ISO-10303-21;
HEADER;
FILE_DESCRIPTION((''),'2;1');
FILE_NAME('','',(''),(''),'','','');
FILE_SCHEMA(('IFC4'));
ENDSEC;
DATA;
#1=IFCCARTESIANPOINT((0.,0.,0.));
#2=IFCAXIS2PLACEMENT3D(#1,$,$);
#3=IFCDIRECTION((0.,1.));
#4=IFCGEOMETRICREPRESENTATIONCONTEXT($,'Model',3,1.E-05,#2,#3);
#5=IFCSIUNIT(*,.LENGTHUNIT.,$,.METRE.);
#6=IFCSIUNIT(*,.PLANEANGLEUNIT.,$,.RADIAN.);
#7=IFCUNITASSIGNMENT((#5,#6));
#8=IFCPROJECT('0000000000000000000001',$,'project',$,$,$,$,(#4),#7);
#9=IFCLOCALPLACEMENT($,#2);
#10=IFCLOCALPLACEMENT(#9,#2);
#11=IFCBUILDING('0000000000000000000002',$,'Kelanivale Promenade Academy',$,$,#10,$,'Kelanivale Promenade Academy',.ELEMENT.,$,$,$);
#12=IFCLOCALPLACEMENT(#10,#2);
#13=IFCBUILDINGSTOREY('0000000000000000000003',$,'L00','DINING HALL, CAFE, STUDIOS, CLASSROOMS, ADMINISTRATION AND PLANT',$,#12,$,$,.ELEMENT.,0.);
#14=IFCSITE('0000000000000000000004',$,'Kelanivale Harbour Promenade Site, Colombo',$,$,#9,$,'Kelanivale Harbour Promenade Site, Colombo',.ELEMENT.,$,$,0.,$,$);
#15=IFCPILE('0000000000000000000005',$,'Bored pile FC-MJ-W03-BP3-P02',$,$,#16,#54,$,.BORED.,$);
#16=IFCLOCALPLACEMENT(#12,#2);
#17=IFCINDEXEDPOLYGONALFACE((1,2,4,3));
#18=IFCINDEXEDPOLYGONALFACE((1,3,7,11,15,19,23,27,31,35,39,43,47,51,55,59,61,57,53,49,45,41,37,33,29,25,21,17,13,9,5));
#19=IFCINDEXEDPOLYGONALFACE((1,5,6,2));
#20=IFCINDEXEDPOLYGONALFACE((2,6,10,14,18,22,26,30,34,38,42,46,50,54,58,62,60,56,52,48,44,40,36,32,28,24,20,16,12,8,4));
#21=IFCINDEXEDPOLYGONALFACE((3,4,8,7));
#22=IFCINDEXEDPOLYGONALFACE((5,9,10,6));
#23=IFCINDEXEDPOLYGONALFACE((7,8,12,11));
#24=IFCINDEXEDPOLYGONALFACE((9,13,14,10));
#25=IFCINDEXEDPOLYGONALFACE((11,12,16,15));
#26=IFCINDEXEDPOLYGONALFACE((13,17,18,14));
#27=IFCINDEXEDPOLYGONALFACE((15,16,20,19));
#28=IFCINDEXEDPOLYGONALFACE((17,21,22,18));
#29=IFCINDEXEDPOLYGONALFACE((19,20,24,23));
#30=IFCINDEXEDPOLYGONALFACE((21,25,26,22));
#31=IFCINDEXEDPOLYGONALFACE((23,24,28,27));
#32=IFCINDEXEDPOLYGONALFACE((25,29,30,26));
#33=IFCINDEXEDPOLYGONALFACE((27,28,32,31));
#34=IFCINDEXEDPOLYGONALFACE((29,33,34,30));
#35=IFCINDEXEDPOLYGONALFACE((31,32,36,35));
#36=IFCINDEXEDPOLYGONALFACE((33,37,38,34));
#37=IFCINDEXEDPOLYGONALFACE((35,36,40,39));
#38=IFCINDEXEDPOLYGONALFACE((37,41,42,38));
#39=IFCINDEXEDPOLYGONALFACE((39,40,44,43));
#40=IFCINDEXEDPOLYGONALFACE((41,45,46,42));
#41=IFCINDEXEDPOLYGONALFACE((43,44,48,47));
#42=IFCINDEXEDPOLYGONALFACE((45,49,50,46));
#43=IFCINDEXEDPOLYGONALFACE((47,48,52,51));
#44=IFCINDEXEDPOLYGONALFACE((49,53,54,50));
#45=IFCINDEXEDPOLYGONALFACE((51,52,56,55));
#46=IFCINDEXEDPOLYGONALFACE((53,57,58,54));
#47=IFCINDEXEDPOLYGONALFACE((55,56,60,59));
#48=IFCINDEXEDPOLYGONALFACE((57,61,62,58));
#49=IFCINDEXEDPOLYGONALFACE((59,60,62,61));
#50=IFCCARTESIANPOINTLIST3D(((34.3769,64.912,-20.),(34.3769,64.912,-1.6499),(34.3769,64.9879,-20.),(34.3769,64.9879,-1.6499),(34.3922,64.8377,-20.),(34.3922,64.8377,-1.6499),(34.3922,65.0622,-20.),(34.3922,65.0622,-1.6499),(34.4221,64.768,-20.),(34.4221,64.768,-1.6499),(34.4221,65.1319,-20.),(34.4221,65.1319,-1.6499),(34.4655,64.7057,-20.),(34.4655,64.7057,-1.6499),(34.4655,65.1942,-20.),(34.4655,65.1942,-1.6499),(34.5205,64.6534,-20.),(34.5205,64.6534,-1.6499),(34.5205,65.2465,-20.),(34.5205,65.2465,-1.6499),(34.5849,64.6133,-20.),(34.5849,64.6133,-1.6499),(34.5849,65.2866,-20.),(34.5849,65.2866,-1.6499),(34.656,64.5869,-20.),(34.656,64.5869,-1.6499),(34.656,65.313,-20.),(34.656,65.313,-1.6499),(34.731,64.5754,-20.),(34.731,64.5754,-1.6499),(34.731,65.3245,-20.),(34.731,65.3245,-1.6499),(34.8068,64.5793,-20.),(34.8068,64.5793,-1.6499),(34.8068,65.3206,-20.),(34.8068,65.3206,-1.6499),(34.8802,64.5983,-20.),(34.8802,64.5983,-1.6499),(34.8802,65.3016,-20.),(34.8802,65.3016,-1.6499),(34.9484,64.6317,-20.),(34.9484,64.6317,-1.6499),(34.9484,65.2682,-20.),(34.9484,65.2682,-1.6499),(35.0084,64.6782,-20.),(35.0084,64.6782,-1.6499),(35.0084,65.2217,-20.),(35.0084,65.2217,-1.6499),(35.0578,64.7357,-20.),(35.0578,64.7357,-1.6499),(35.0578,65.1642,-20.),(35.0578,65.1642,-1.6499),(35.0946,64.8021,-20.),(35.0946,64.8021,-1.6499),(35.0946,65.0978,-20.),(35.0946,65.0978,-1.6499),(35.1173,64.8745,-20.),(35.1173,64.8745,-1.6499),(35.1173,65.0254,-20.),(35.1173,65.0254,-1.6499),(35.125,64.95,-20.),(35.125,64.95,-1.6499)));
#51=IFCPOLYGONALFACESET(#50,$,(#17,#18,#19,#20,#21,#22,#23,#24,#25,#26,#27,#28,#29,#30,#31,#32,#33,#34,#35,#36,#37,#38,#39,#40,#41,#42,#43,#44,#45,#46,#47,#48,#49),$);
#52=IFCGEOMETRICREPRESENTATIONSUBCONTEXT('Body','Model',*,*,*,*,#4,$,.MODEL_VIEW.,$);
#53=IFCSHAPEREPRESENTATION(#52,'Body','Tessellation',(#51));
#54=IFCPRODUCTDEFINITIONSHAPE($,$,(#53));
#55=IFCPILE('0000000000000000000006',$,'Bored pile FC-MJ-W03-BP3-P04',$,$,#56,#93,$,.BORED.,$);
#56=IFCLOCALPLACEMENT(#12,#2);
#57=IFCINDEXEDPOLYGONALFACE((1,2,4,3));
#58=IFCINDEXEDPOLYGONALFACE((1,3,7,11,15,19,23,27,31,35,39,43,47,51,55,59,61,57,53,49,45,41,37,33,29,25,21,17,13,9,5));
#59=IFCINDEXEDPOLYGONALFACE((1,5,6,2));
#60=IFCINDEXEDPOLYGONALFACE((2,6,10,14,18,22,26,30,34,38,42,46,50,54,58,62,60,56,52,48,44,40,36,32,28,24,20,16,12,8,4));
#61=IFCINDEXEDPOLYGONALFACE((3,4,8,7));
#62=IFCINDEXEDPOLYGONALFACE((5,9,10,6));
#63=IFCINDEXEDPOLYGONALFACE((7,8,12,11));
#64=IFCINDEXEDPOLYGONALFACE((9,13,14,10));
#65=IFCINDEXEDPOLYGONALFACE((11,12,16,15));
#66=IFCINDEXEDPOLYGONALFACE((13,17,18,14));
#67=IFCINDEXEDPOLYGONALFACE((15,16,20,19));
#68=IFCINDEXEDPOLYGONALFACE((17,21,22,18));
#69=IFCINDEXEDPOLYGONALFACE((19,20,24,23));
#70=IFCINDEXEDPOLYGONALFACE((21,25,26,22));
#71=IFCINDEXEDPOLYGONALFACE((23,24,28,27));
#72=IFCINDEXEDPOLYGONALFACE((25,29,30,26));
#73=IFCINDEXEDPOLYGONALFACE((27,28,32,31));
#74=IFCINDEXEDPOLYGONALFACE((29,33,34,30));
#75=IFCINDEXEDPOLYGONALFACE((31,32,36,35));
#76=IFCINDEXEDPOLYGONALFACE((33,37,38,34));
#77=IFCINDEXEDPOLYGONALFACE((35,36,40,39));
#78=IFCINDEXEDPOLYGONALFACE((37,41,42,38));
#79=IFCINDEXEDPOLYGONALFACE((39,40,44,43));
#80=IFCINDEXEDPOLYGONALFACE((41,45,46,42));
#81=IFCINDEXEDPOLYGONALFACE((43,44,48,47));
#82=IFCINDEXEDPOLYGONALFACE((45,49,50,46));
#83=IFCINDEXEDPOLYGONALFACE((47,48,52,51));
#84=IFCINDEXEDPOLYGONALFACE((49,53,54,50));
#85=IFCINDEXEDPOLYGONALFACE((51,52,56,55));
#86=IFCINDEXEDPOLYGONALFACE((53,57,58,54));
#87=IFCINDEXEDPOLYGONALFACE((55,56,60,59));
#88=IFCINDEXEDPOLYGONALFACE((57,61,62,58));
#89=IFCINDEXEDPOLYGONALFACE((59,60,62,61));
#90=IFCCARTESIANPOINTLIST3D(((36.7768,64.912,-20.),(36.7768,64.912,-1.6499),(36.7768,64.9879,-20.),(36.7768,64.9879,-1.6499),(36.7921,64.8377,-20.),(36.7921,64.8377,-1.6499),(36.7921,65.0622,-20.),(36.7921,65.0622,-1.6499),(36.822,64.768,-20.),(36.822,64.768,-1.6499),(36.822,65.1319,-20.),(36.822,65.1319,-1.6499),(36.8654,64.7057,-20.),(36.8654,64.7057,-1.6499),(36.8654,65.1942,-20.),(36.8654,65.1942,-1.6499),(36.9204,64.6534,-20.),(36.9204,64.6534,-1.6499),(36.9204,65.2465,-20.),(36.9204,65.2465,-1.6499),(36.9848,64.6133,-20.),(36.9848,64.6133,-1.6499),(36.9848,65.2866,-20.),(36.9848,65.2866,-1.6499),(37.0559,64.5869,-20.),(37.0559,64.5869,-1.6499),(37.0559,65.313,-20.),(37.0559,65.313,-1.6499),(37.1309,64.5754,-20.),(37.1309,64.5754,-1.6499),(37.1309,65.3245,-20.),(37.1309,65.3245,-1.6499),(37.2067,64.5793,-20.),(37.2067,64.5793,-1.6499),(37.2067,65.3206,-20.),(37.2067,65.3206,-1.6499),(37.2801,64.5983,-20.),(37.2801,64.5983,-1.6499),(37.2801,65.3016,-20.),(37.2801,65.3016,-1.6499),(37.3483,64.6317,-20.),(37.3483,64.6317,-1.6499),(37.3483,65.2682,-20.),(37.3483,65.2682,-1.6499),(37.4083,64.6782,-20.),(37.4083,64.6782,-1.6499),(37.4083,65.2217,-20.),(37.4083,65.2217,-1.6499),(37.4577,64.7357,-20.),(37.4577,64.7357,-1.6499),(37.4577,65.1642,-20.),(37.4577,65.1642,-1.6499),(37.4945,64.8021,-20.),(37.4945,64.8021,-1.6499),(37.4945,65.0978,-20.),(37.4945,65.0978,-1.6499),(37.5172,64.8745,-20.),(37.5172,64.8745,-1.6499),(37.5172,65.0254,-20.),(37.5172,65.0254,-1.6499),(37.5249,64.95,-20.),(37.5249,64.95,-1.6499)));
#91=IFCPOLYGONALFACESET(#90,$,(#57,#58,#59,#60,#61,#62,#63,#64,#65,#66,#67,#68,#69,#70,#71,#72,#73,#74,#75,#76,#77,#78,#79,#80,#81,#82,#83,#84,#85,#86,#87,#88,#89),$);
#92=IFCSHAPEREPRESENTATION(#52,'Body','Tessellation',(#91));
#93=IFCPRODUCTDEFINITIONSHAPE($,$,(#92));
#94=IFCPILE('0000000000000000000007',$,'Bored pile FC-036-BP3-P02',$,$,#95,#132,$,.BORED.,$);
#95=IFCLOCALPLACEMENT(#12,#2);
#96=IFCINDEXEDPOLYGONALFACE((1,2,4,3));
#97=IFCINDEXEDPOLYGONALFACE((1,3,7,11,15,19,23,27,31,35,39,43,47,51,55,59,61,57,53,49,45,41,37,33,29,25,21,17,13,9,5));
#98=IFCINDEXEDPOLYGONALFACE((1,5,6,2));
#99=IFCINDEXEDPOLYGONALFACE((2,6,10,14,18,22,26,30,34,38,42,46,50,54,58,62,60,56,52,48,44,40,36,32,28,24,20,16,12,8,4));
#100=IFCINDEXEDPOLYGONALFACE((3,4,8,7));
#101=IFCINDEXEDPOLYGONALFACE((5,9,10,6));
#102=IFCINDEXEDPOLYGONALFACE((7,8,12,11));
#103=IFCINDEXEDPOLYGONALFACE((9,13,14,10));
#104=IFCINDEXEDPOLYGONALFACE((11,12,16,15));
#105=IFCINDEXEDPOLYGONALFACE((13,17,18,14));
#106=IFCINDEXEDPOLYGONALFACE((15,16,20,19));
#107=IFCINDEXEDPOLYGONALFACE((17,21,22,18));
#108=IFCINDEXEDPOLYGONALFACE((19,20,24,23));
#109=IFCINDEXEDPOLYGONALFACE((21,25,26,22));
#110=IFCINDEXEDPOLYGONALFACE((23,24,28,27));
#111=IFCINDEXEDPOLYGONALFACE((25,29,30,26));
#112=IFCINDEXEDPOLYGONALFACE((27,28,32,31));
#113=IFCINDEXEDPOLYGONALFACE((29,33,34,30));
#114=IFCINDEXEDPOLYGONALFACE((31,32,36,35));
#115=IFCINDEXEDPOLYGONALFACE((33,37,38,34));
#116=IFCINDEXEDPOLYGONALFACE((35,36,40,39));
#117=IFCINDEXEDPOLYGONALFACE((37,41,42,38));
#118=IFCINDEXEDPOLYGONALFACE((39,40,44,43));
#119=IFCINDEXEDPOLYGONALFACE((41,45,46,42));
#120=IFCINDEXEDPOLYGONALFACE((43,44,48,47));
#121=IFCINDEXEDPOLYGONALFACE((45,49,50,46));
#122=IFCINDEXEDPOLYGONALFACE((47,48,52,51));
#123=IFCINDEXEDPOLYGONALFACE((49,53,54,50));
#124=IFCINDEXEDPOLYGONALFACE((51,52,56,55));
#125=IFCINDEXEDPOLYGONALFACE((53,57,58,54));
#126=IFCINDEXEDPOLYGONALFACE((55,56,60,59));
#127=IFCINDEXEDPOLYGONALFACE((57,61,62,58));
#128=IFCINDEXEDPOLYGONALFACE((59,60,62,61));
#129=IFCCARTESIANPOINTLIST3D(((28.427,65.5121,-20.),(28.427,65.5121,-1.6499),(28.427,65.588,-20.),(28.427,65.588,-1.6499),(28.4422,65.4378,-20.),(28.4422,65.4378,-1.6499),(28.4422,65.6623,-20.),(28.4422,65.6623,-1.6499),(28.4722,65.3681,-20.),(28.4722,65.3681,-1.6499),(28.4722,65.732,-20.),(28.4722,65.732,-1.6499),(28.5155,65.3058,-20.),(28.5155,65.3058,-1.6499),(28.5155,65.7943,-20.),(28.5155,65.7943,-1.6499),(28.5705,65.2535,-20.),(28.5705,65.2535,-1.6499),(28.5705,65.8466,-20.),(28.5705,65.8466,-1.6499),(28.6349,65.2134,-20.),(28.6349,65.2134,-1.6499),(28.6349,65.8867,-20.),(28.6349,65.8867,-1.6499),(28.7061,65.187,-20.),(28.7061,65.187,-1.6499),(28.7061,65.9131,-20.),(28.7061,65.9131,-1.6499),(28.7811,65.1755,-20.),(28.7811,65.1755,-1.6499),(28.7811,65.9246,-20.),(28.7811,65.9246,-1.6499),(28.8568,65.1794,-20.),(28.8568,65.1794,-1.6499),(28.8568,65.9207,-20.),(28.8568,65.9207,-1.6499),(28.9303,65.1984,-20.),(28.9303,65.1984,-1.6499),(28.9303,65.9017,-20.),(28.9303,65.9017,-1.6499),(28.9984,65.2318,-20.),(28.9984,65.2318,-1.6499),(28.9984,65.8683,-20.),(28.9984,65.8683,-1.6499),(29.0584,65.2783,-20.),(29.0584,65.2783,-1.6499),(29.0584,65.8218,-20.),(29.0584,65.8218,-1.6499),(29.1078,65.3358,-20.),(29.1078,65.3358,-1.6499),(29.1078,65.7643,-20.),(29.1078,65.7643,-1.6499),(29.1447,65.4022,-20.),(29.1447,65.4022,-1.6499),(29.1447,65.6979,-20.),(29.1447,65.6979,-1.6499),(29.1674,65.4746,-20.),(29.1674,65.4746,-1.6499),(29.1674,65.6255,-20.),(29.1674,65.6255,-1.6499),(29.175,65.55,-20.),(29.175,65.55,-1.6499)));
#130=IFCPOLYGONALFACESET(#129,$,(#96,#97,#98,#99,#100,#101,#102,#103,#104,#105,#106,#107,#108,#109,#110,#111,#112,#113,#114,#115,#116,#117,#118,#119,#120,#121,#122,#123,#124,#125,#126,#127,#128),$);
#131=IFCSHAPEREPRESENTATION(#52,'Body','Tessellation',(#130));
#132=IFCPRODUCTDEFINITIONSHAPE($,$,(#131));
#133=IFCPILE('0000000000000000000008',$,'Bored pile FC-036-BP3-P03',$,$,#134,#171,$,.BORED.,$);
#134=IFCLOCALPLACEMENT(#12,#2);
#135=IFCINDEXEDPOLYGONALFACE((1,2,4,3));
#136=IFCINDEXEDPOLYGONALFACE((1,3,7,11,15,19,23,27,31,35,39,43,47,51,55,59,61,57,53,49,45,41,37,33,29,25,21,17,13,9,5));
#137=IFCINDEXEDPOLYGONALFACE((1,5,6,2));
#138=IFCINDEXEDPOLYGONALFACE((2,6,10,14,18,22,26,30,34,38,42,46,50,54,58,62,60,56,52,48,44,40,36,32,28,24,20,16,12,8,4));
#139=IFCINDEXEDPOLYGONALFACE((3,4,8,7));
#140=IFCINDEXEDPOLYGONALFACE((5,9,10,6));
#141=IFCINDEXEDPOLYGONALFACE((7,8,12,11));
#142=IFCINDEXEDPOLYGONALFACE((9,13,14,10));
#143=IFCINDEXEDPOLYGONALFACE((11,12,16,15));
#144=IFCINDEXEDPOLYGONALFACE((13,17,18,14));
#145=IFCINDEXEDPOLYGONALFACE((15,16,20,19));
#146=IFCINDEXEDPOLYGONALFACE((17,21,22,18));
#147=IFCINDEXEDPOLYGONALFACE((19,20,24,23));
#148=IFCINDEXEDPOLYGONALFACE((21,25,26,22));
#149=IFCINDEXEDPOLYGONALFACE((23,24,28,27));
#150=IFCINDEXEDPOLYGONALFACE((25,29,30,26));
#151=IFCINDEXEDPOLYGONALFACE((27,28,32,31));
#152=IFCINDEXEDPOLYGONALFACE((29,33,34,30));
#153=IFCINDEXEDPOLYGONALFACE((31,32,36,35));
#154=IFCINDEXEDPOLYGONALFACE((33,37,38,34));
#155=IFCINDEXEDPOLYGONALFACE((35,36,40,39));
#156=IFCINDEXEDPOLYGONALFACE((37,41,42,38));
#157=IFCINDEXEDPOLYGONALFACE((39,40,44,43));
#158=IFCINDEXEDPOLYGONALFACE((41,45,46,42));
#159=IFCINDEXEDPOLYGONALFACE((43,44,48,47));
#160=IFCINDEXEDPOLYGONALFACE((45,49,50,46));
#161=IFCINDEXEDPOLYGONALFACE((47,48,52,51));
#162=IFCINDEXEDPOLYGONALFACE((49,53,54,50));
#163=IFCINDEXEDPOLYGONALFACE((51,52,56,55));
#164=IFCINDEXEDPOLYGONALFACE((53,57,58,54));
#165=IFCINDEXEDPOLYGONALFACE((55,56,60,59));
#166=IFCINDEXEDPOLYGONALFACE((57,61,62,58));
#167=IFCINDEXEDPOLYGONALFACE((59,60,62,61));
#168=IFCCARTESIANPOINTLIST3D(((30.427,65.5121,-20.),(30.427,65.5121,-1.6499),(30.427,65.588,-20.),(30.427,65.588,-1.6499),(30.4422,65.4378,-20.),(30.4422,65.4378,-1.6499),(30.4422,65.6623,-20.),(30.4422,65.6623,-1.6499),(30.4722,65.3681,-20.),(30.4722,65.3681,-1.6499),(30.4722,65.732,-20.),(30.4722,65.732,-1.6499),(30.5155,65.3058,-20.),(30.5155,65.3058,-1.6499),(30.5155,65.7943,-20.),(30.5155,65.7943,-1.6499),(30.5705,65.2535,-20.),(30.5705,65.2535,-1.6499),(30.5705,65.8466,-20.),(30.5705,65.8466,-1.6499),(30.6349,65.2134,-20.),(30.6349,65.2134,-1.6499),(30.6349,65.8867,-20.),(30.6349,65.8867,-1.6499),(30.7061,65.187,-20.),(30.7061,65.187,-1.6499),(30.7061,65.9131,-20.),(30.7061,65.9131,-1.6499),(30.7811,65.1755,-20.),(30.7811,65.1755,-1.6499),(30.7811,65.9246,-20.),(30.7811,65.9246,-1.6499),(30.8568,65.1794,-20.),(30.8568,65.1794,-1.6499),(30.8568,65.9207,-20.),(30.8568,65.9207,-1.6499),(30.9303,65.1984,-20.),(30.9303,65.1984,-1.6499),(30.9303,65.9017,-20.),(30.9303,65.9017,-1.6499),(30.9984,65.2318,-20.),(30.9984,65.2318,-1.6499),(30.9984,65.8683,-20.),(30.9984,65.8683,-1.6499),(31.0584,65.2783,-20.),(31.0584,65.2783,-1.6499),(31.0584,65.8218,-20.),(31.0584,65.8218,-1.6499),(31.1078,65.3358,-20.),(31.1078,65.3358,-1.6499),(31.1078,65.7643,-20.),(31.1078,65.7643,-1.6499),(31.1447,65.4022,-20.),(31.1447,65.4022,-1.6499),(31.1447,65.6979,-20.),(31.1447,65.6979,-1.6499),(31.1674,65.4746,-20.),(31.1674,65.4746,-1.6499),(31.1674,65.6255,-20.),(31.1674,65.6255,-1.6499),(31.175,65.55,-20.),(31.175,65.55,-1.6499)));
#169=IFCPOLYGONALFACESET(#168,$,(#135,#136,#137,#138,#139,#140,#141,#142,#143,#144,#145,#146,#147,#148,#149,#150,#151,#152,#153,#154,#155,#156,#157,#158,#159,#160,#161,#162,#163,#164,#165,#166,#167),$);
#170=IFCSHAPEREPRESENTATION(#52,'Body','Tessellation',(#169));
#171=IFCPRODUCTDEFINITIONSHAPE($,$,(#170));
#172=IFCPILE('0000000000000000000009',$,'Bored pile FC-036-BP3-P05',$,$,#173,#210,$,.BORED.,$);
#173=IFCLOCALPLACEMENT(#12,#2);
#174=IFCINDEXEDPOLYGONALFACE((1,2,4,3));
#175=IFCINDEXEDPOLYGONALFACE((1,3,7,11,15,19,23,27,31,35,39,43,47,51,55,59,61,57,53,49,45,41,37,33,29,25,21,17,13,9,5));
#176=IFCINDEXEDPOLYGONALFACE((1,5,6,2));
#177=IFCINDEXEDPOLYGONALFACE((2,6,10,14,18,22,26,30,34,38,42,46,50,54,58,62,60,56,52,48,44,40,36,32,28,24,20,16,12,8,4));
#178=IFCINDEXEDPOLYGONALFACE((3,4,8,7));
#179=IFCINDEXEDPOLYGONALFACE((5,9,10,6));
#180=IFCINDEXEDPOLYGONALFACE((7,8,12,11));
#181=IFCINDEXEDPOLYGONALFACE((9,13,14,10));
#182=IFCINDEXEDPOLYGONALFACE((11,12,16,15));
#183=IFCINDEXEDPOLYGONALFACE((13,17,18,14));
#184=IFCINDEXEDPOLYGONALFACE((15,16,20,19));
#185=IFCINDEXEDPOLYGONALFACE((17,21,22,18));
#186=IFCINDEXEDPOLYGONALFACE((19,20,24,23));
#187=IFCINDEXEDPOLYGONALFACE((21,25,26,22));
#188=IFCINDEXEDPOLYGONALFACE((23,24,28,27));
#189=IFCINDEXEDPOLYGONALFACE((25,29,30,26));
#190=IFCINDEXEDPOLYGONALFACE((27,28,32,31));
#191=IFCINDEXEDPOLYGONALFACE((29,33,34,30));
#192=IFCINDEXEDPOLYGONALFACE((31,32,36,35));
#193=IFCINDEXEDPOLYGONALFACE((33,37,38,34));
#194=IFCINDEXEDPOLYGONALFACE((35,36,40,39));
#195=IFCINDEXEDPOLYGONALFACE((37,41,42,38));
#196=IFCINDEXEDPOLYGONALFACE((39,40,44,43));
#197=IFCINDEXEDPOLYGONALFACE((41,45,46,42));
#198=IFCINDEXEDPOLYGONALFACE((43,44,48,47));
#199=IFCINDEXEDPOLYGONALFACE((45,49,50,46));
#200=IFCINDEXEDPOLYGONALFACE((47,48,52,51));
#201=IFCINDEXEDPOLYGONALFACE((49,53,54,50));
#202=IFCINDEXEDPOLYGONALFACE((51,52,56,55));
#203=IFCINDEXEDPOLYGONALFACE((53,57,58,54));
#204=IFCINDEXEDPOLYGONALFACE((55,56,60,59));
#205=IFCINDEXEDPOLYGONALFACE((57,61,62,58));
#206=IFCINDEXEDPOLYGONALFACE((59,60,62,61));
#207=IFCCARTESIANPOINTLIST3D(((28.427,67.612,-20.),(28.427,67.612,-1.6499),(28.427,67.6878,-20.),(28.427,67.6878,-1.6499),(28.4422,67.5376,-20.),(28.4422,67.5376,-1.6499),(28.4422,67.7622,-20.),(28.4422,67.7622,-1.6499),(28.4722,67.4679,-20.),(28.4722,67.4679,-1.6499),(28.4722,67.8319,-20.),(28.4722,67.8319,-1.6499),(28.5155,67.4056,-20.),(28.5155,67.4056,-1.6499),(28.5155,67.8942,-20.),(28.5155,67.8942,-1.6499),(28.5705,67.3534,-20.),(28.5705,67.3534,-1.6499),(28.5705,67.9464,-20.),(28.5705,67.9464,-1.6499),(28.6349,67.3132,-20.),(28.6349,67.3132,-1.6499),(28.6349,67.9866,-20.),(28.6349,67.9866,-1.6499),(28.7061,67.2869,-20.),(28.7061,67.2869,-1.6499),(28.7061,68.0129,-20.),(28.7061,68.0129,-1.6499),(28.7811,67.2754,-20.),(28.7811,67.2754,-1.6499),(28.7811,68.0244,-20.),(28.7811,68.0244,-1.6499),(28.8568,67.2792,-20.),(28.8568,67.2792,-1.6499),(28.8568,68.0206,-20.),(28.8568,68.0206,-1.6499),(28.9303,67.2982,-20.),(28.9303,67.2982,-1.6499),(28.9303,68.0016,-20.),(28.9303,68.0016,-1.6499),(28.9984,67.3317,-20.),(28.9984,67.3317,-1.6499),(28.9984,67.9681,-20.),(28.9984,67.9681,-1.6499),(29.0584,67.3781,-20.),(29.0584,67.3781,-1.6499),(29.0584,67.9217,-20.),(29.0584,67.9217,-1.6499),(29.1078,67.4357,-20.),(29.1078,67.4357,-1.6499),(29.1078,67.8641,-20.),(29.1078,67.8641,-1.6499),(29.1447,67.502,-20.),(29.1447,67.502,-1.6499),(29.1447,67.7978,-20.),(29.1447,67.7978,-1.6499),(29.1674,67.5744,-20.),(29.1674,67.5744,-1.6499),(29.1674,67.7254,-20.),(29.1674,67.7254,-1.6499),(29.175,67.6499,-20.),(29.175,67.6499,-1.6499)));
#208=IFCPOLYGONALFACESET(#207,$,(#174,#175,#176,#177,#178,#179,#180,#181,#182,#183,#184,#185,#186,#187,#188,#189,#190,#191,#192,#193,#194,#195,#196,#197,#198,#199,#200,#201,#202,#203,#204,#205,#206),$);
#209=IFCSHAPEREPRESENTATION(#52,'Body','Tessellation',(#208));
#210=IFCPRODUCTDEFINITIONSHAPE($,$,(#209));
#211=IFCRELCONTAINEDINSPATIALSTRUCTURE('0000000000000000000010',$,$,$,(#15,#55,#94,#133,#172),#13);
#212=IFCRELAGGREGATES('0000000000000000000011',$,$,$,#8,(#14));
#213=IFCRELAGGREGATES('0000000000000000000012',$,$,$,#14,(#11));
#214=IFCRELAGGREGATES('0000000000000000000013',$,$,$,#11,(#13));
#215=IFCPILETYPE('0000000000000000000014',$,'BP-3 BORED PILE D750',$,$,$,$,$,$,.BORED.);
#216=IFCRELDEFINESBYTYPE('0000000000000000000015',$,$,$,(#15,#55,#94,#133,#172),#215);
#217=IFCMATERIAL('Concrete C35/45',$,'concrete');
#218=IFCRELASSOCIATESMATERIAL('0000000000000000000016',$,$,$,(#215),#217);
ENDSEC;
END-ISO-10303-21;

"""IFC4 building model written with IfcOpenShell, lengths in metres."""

from ifc_helpers import new_model, si_unit, direction, frame, origin, origin_2d, place, context, subcontext, project, spatial, circle, extrude, material, material_profile, profile_set, type_object, element, save


model = new_model("IFC4")

# Units and contexts
model_context = context("Model", 3, precision=1e-05, world=origin(), true_north=direction((0.0, 1.0)))
body_context = subcontext(model_context, "Body", "Model", "MODEL_VIEW")
ifc_project = project(units=[si_unit("LENGTHUNIT", "METRE"), si_unit("PLANEANGLEUNIT", "RADIAN")], contexts=[model_context])

# Site, building, storey
site_placement = place(None, origin())
site = spatial("IfcSite", under=ifc_project, at=site_placement, Name="Kelanivale Harbour Promenade Site, Colombo", LongName="Kelanivale Harbour Promenade Site, Colombo", CompositionType="ELEMENT", RefElevation=0.0)
building_placement = place(site_placement, origin())
building = spatial("IfcBuilding", under=site, at=building_placement, Name="Kelanivale Promenade Academy", LongName="Kelanivale Promenade Academy", CompositionType="ELEMENT")
storey_placement = place(building_placement, origin())
storey = spatial("IfcBuildingStorey", under=building, at=storey_placement, Name="L00", Description="DINING HALL, CAFE, STUDIOS, CLASSROOMS, ADMINISTRATION AND PLANT", CompositionType="ELEMENT", Elevation=0.0)

# Piles
ifc_material_1 = material(Name="Concrete C35/45", Category="concrete")
ifc_material_profile_1 = material_profile(ifc_material_1, circle(Radius=0.375, at=origin_2d()), Name="BORED PILE D750")
ifc_profile_set_1 = profile_set([ifc_material_profile_1], Name="Concrete C35/45")
pile_type_1 = type_object("IfcPileType", Name="BP-3 BORED PILE D750", PredefinedType="BORED", material=ifc_profile_set_1)
for number, where, z_axis, x_axis, name in (
    (1, (34.75, 64.95, -1.6499), (0.0, 0.0, -1.0), (1.0, 0.0, 0.0), "Bored pile FC-MJ-W03-BP3-P02"),
    (2, (37.1499, 64.95, -1.6499), (0.0, 0.0, -1.0), (1.0, 0.0, 0.0), "Bored pile FC-MJ-W03-BP3-P04"),
    (3, (28.8, 65.55, -1.6499), (0.0, 0.0, -1.0), (1.0, 0.0, 0.0), "Bored pile FC-036-BP3-P02"),
    (4, (30.8, 65.55, -1.6499), (0.0, 0.0, -1.0), (1.0, 0.0, 0.0), "Bored pile FC-036-BP3-P03"),
    (5, (28.8, 67.6499, -1.6499), (0.0, 0.0, -1.0), (1.0, 0.0, 0.0), "Bored pile FC-036-BP3-P05"),
):
    element("IfcPile", number, at=place(storey_placement, frame(where, z_axis=z_axis, x_axis=x_axis)), inside=storey, type_object=pile_type_1, Name=name, PredefinedType="BORED", context=body_context, shape_type="SweptSolid", body=[
        extrude(circle(Radius=0.375, at=origin_2d()), origin(), (0.0, 0.0, 1.0), 18.3501),
    ])

save(model, "model.ifc")
